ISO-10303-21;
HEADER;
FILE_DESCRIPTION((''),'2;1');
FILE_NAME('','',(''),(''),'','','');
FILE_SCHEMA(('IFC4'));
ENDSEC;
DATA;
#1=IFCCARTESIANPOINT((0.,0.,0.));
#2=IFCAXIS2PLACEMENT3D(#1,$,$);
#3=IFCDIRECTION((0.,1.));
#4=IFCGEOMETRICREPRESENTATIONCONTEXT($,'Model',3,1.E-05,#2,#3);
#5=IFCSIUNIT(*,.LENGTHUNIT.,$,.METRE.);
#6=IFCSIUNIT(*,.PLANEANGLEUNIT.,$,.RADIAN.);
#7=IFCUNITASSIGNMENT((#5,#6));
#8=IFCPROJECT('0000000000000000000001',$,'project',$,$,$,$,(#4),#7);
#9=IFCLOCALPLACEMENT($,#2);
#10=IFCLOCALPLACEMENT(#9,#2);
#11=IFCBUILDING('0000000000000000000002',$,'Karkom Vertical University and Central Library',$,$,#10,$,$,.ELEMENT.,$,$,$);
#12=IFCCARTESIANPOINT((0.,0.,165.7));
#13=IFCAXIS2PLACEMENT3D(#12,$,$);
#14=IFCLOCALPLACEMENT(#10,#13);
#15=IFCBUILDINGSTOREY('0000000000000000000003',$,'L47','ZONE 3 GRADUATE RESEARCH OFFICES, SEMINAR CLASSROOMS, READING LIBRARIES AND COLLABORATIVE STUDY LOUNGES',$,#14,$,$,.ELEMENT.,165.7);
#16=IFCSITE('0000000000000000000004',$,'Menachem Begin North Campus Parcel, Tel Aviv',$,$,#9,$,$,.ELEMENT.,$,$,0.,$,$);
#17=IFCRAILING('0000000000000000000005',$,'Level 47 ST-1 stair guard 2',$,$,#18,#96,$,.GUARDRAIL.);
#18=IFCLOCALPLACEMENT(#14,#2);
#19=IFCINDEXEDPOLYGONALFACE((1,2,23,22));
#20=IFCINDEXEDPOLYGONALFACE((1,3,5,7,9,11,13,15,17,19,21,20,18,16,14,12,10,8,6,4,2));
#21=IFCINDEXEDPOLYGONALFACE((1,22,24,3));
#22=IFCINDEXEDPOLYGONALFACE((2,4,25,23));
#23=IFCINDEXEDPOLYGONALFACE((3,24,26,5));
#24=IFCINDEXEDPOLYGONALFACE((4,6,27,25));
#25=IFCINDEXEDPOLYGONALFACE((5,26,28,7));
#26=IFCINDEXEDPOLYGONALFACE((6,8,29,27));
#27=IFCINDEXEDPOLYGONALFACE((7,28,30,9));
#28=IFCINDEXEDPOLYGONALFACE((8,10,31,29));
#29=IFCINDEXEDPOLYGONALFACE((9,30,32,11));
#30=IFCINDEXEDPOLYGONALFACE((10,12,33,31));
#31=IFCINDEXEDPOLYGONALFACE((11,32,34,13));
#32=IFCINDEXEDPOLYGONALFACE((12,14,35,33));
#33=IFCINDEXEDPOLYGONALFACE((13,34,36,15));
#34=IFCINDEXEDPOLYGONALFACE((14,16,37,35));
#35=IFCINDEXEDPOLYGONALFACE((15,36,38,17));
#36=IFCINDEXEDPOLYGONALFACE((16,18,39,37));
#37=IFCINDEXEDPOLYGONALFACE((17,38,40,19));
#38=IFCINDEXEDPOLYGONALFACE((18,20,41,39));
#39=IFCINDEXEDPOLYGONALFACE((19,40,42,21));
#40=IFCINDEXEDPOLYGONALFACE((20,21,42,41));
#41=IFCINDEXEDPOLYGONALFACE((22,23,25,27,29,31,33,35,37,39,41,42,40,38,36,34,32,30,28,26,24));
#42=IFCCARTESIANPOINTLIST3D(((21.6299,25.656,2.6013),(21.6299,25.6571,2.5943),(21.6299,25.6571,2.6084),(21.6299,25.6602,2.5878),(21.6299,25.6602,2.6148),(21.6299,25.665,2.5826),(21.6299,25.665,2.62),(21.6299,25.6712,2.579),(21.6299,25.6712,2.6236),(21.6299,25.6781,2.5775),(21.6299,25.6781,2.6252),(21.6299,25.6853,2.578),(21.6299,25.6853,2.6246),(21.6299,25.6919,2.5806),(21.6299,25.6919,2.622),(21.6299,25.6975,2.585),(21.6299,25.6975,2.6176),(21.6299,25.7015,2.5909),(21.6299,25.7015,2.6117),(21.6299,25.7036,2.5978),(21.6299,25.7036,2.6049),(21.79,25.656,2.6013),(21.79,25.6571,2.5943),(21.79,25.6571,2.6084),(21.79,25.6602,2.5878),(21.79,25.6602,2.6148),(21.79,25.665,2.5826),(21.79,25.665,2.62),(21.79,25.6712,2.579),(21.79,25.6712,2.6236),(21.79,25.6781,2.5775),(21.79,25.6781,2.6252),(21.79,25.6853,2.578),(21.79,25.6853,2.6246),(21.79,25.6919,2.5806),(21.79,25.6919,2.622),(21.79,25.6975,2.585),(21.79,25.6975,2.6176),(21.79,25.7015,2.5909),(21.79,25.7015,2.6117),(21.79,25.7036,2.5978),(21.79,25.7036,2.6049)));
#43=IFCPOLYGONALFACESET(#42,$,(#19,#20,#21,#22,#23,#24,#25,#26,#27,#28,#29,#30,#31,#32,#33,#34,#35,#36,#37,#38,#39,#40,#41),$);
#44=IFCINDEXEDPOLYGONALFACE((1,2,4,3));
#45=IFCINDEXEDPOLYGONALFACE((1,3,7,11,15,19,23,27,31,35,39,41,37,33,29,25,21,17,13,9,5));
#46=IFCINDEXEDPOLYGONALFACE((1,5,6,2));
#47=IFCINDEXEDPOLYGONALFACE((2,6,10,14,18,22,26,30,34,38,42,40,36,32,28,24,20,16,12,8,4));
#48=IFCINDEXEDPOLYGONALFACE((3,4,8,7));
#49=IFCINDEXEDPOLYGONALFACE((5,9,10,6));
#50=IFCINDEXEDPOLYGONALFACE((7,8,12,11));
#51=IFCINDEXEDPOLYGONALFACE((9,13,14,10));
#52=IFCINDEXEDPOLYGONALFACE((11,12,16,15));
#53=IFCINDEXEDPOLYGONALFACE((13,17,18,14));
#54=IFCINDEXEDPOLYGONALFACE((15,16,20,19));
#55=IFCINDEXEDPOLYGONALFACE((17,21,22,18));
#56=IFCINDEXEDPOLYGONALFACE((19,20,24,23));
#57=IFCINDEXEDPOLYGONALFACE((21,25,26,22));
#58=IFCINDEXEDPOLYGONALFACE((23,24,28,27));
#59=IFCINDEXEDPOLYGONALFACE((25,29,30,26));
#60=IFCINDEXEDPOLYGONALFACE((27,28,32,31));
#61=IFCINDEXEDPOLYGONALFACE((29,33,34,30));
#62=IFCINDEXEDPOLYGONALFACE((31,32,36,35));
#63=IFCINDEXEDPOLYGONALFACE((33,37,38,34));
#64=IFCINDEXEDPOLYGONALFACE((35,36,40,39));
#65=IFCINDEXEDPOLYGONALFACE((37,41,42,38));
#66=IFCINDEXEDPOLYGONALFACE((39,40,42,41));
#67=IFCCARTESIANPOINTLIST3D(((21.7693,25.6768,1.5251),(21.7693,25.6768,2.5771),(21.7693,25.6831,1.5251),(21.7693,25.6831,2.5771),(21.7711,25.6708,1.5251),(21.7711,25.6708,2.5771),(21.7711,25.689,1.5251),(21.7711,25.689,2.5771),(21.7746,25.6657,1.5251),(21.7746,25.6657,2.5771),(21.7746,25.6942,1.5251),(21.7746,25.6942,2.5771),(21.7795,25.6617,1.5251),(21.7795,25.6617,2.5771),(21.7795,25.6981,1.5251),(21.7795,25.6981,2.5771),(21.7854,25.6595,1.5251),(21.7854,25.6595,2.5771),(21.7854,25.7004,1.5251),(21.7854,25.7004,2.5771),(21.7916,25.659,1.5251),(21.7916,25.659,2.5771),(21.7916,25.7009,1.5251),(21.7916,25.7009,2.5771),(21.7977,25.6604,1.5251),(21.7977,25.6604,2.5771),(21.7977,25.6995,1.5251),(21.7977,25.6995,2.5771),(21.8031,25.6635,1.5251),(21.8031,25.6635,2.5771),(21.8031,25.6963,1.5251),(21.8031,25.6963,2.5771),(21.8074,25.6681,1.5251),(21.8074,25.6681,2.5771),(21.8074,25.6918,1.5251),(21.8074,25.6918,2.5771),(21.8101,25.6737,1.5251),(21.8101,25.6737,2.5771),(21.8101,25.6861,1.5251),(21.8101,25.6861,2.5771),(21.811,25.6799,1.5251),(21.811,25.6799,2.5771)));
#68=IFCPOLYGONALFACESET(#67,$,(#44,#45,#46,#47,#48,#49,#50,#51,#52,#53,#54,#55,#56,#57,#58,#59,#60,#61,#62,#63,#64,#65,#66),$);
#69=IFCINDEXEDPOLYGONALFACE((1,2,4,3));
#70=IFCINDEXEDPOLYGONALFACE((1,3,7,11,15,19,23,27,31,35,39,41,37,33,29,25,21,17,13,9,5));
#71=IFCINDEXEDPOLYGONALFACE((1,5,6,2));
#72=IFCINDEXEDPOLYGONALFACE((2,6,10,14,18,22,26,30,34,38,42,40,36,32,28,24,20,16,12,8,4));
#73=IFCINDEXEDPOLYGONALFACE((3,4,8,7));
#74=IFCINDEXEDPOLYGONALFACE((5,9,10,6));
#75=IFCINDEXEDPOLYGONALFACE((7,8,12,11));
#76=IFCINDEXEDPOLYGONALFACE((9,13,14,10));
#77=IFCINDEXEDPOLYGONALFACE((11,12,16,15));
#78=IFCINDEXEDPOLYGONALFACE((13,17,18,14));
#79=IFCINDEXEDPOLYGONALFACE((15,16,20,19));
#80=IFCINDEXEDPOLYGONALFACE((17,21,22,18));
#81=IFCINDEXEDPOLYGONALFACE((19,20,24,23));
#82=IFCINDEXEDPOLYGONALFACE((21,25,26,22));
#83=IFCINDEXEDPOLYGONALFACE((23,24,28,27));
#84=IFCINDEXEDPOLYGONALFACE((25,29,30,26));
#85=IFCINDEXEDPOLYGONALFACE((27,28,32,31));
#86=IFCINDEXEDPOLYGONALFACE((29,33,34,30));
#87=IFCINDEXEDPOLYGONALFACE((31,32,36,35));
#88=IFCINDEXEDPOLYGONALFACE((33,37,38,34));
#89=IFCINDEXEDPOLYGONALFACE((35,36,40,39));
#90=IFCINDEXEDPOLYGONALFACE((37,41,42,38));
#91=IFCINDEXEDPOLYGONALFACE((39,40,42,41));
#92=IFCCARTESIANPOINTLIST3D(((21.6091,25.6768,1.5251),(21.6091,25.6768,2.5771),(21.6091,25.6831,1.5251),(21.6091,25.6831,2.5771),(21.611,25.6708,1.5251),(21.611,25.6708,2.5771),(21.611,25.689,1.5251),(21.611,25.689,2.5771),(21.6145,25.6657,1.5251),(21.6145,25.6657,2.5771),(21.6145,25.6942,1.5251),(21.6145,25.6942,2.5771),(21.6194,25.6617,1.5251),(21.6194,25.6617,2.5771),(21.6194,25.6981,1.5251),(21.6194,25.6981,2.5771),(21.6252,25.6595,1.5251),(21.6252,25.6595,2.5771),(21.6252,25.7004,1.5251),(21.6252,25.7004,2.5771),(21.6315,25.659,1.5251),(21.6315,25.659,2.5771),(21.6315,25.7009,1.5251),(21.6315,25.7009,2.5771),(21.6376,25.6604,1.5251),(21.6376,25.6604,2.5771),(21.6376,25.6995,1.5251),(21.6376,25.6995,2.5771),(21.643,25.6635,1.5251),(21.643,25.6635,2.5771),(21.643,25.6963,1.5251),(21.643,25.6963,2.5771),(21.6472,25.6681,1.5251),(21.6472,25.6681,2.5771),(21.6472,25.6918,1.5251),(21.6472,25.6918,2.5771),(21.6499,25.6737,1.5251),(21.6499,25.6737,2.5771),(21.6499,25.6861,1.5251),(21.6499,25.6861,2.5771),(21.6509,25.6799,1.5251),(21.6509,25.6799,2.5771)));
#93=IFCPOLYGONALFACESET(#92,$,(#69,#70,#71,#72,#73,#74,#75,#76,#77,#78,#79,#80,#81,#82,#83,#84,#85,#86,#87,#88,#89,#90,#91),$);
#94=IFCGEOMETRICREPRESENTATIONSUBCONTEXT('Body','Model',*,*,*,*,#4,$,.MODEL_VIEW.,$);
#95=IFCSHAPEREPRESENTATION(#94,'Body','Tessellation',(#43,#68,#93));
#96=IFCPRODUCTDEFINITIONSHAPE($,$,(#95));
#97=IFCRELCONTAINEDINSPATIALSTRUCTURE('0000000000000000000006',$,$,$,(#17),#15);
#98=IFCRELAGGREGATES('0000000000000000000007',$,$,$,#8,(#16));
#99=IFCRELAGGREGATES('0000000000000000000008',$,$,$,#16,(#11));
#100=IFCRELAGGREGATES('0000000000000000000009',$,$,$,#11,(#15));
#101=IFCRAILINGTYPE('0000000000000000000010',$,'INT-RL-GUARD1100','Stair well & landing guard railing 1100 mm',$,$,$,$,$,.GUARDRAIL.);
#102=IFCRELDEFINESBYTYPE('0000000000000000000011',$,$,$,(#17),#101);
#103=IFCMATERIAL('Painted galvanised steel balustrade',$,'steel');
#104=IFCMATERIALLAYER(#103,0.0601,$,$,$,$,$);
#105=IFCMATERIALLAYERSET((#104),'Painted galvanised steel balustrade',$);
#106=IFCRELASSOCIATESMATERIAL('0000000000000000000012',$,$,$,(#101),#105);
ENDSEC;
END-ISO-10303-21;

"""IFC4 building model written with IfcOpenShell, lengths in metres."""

from ifc_helpers import new_model, si_unit, direction, frame, origin, origin_2d, place, context, subcontext, project, spatial, circle, extrude, material, layer, layer_set, type_object, element, save


model = new_model("IFC4")

# Units and contexts
model_context = context("Model", 3, precision=1e-05, world=origin(), true_north=direction((0.0, 1.0)))
body_context = subcontext(model_context, "Body", "Model", "MODEL_VIEW")
ifc_project = project(units=[si_unit("LENGTHUNIT", "METRE"), si_unit("PLANEANGLEUNIT", "RADIAN")], contexts=[model_context])

# Site, building, storey
site_placement = place(None, origin())
site = spatial("IfcSite", under=ifc_project, at=site_placement, Name="Menachem Begin North Campus Parcel, Tel Aviv", CompositionType="ELEMENT", RefElevation=0.0)
building_placement = place(site_placement, origin())
building = spatial("IfcBuilding", under=site, at=building_placement, Name="Karkom Vertical University and Central Library", CompositionType="ELEMENT")
storey_placement = place(building_placement, frame((0.0, 0.0, 165.7)))
storey = spatial("IfcBuildingStorey", under=building, at=storey_placement, Name="L47", Description="ZONE 3 GRADUATE RESEARCH OFFICES, SEMINAR CLASSROOMS, READING LIBRARIES AND COLLABORATIVE STUDY LOUNGES", CompositionType="ELEMENT", Elevation=165.7)

# Railing
ifc_material_1 = material(Name="Painted galvanised steel balustrade", Category="steel")
ifc_layer_1 = layer(ifc_material_1, 0.0601)
ifc_layer_set_1 = layer_set([ifc_layer_1], Name="Painted galvanised steel balustrade")
railing_type_1 = type_object("IfcRailingType", Name="INT-RL-GUARD1100", Description="Stair well & landing guard railing 1100 mm", PredefinedType="GUARDRAIL", material=ifc_layer_set_1)
railing_1_placement = place(storey_placement, frame((21.79, 25.6799, 1.5251)))
element("IfcRailing", 1, at=railing_1_placement, inside=storey, type_object=railing_type_1, Name="Level 47 ST-1 stair guard 2", PredefinedType="GUARDRAIL", context=body_context, shape_type="SweptSolid", body=[
    extrude(circle(Radius=0.0239, at=origin_2d()), frame((0.0, 0.0, 1.0762), z_axis=(-1.0, 0.0, 0.0), x_axis=(0.0, -1.0, 0.0)), (0.0, 0.0, 1.0), 0.1602),
    extrude(circle(Radius=0.021, at=origin_2d()), origin(), (0.0, 0.0, 1.0), 1.052),
    extrude(circle(Radius=0.021, at=origin_2d()), frame((-0.1602, 0.0, 0.0)), (0.0, 0.0, 1.0), 1.052),
])

save(model, "model.ifc")
